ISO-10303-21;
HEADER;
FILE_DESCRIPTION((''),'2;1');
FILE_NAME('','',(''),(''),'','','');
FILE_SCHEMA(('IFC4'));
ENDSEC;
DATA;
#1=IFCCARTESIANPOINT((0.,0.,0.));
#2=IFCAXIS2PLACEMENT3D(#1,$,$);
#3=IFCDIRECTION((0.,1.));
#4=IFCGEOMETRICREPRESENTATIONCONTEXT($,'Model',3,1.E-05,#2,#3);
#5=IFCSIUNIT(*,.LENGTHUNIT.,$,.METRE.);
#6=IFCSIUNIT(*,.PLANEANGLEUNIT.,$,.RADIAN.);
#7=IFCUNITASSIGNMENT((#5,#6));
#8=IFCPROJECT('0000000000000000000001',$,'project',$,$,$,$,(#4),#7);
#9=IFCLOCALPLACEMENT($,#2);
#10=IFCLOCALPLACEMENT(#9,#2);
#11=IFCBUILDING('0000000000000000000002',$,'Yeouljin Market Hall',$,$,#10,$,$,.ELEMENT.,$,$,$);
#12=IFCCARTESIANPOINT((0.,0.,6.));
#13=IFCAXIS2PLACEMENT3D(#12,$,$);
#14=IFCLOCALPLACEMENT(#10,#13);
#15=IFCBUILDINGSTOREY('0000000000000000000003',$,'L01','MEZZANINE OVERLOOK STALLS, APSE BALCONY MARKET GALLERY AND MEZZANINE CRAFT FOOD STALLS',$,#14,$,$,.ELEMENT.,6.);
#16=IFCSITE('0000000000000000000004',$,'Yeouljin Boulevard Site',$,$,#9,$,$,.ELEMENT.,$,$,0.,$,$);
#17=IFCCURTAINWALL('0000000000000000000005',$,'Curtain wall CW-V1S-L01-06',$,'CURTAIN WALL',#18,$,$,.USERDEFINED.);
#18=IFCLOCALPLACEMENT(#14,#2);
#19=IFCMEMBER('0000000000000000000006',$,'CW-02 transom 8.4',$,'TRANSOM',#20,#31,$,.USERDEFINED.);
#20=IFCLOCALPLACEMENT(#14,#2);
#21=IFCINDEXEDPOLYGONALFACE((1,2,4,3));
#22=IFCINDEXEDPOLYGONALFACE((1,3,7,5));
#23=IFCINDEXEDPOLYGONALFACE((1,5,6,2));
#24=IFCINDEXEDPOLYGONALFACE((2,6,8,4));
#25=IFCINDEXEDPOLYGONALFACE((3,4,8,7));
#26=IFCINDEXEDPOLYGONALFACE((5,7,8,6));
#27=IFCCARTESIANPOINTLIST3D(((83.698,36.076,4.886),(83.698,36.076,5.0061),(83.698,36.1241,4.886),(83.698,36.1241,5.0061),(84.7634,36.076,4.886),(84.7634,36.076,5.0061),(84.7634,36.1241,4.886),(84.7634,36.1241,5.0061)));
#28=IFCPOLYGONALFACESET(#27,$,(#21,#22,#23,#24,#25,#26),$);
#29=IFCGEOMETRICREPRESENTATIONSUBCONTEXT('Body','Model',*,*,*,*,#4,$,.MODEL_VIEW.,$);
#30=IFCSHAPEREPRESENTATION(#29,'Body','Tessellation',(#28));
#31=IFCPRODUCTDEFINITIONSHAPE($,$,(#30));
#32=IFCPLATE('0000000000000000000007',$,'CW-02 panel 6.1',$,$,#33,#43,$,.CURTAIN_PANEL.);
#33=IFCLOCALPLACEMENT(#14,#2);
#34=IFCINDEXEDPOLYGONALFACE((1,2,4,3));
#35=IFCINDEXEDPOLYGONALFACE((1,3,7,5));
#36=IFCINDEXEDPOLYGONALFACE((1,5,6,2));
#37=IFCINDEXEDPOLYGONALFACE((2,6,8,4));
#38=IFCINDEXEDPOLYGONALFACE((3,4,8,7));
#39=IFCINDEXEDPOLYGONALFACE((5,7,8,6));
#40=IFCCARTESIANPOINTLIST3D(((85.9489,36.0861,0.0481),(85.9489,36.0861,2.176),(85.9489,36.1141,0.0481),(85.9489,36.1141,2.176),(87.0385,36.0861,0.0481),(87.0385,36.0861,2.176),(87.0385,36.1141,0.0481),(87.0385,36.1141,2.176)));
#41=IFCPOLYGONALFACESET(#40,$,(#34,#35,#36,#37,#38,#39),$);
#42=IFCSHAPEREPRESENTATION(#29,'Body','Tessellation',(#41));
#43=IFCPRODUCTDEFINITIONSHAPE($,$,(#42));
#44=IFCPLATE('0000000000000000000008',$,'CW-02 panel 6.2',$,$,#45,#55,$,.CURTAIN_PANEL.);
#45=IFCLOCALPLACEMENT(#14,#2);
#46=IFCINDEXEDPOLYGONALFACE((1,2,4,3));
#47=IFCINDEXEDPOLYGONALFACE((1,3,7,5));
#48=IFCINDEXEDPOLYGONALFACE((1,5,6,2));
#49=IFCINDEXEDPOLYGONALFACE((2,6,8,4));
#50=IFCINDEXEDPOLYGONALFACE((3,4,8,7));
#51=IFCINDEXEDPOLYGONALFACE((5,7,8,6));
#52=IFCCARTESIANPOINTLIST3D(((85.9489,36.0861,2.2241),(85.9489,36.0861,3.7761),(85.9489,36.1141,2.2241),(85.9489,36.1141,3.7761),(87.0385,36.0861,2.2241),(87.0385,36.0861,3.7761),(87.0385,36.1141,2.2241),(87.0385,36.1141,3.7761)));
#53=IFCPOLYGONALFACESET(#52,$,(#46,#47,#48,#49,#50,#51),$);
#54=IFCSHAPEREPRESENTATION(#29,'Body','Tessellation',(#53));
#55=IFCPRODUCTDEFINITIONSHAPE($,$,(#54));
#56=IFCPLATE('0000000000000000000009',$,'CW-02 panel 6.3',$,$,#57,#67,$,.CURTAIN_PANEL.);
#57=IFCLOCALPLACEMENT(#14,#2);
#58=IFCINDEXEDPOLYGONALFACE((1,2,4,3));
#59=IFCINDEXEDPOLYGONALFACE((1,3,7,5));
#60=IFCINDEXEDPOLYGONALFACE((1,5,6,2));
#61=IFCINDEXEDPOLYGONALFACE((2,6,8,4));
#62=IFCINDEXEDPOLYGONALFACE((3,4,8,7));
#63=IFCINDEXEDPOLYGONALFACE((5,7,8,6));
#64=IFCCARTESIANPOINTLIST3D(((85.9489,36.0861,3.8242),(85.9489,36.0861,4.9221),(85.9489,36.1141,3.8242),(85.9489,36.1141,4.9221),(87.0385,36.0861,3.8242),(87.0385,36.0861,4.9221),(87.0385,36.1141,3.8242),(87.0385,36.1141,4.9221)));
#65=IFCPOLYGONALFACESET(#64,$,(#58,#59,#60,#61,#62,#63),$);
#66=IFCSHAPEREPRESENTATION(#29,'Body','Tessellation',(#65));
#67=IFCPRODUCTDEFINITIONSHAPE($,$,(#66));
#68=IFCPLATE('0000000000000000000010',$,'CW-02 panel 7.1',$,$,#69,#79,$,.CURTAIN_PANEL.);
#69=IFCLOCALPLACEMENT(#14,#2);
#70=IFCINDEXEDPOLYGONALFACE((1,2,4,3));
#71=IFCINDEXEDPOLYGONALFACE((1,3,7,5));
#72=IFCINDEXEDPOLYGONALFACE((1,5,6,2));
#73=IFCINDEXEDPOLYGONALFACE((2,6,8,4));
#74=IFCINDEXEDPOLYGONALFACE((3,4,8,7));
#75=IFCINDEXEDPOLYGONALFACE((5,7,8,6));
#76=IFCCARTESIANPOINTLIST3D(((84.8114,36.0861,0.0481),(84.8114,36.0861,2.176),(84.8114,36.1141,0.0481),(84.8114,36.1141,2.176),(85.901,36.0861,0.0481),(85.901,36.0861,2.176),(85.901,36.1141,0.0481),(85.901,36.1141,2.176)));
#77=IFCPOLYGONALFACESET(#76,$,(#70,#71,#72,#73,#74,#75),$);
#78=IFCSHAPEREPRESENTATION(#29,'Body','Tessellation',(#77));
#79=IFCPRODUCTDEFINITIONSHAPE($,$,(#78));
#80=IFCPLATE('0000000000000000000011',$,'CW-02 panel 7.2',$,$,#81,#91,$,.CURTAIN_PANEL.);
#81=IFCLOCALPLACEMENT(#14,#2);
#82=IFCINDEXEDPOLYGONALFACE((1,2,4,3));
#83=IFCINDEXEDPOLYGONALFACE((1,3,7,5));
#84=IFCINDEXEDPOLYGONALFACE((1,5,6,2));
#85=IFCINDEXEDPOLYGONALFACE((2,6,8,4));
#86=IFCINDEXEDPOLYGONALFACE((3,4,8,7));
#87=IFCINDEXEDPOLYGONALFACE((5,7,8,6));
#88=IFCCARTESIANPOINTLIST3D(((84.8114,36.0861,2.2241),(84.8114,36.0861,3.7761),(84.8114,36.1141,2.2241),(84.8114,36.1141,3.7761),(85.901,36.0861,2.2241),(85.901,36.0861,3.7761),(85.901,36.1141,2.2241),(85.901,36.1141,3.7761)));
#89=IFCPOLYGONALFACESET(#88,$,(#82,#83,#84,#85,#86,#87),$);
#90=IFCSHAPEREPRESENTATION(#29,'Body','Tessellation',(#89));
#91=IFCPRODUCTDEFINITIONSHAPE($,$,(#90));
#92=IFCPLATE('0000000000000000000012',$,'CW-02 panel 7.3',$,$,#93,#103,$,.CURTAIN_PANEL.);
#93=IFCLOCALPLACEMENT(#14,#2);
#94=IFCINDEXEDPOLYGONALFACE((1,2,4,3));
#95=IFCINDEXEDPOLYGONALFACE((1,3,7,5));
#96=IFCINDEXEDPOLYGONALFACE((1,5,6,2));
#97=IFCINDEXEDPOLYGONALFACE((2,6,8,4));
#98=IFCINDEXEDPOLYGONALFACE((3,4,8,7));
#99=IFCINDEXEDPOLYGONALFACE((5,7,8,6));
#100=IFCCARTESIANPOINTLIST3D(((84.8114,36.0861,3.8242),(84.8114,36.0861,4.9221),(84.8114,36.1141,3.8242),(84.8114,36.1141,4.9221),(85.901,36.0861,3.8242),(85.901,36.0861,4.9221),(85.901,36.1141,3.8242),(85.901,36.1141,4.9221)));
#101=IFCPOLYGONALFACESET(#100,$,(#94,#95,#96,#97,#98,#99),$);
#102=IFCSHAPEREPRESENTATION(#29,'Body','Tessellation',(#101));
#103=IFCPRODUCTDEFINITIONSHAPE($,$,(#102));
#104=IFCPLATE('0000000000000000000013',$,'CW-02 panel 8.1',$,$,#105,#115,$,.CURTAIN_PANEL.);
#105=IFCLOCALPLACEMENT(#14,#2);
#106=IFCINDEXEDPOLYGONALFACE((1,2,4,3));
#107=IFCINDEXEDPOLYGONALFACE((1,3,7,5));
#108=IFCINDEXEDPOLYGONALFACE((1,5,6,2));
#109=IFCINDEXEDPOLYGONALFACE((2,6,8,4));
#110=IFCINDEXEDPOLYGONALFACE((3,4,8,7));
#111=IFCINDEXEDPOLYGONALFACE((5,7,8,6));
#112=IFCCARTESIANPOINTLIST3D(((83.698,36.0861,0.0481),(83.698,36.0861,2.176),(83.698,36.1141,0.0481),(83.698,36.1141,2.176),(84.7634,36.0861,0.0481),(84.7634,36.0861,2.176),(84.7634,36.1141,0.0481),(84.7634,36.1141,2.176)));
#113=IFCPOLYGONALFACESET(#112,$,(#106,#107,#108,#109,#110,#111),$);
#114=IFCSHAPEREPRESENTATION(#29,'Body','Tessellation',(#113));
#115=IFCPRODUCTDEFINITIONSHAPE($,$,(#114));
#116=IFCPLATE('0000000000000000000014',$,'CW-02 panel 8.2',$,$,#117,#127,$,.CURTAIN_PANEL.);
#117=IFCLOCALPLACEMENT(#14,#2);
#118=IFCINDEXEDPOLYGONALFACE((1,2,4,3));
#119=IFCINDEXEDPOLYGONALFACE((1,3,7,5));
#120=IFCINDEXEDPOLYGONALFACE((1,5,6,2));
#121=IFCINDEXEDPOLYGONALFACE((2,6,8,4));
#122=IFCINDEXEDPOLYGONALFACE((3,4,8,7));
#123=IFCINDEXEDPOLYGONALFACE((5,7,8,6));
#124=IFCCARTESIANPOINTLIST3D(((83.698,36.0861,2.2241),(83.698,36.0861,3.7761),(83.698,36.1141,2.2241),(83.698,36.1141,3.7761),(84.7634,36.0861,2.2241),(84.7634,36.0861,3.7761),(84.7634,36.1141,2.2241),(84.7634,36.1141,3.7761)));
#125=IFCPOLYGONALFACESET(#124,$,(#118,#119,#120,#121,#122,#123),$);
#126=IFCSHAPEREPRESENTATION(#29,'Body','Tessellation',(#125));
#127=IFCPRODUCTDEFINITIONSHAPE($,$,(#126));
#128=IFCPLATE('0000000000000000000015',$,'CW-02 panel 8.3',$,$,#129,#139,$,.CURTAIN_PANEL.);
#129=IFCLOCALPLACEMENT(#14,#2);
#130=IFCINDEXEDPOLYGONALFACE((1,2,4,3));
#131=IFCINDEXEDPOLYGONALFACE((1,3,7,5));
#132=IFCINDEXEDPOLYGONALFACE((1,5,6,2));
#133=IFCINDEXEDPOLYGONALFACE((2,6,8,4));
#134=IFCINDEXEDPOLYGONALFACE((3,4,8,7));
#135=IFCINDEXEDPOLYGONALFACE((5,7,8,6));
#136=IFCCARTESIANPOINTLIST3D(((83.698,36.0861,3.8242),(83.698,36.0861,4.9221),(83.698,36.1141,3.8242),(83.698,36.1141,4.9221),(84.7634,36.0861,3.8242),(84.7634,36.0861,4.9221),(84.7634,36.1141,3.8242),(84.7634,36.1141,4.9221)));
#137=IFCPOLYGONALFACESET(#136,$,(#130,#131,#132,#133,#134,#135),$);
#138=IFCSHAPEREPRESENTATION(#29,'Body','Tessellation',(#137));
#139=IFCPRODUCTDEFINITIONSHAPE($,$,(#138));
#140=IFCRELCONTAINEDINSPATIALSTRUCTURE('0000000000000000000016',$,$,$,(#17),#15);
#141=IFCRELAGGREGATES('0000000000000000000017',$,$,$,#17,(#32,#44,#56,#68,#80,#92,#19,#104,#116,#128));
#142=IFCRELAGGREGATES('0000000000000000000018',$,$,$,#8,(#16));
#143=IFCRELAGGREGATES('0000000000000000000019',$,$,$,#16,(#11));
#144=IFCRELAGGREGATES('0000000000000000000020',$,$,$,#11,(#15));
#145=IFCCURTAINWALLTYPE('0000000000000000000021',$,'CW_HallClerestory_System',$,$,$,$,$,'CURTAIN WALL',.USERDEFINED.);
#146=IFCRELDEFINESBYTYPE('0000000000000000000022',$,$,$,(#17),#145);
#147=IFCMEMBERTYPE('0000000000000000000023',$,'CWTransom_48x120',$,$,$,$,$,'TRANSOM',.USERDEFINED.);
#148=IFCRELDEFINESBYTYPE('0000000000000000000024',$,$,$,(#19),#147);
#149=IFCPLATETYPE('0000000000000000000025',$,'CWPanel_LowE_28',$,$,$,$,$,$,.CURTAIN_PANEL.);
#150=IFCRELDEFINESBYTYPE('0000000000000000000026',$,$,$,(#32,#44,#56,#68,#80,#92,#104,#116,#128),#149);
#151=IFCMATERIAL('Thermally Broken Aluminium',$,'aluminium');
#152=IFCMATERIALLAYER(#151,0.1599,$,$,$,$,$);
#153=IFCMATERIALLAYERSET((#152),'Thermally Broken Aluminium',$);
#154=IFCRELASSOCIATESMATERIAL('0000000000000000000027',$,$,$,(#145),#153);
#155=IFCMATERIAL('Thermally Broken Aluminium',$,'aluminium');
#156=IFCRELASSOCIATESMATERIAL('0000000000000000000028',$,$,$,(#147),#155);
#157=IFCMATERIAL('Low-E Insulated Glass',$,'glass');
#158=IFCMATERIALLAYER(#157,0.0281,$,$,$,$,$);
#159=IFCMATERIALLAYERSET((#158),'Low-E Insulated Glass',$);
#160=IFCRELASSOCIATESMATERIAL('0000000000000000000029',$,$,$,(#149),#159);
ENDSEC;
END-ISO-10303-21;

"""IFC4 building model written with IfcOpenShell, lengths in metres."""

from ifc_helpers import new_model, si_unit, direction, frame, origin, origin_2d, place, context, subcontext, project, spatial, rectangle, extrude, material, layer, layer_set, material_profile, profile_set, type_object, element, aggregate, save


model = new_model("IFC4")

# Units and contexts
model_context = context("Model", 3, precision=1e-05, world=origin(), true_north=direction((0.0, 1.0)))
body_context = subcontext(model_context, "Body", "Model", "MODEL_VIEW")
ifc_project = project(units=[si_unit("LENGTHUNIT", "METRE"), si_unit("PLANEANGLEUNIT", "RADIAN")], contexts=[model_context])

# Site, building, storey
site_placement = place(None, origin())
site = spatial("IfcSite", under=ifc_project, at=site_placement, Name="Yeouljin Boulevard Site", CompositionType="ELEMENT", RefElevation=0.0)
building_placement = place(site_placement, origin())
building = spatial("IfcBuilding", under=site, at=building_placement, Name="Yeouljin Market Hall", CompositionType="ELEMENT")
storey_placement = place(building_placement, frame((0.0, 0.0, 6.0)))
storey = spatial("IfcBuildingStorey", under=building, at=storey_placement, Name="L01", Description="MEZZANINE OVERLOOK STALLS, APSE BALCONY MARKET GALLERY AND MEZZANINE CRAFT FOOD STALLS", CompositionType="ELEMENT", Elevation=6.0)

# Shared definitions
ifc_material_1 = material(Name="Thermally Broken Aluminium", Category="aluminium")
ifc_layer_1 = layer(ifc_material_1, 0.1599)
ifc_layer_set_1 = layer_set([ifc_layer_1], Name="Thermally Broken Aluminium")
curtain_wall_type = type_object("IfcCurtainWallType", Name="CW_HallClerestory_System", ElementType="CURTAIN WALL", PredefinedType="USERDEFINED", material=ifc_layer_set_1)

# Curtain wall
curtain_wall_1_placement = place(storey_placement, origin())
curtain_wall_1 = element("IfcCurtainWall", 1, at=curtain_wall_1_placement, inside=storey, type_object=curtain_wall_type, Name="Curtain wall CW-V1S-L01-06", ObjectType="CURTAIN WALL", PredefinedType="USERDEFINED")

# Member
ifc_material_2 = material(Name="Thermally Broken Aluminium", Category="aluminium")
ifc_material_profile_1 = material_profile(ifc_material_2, rectangle(XDim=0.0481, YDim=0.1201, at=origin_2d()), Name="CW-TRAN-48x120")
ifc_profile_set_1 = profile_set([ifc_material_profile_1], Name="Thermally Broken Aluminium")
member_type_1 = type_object("IfcMemberType", Name="CWTransom_48x120", ElementType="TRANSOM", PredefinedType="USERDEFINED", material=ifc_profile_set_1)
member_1_placement = place(storey_placement, frame((84.7634, 36.1001, 4.946), z_axis=(-1.0, 0.0, 0.0), x_axis=(0.0, -1.0, 0.0)))
member_1 = element("IfcMember", 2, at=member_1_placement, type_object=member_type_1, Name="CW-02 transom 8.4", ObjectType="TRANSOM", PredefinedType="USERDEFINED", context=body_context, shape_type="SweptSolid", body=[
    extrude(rectangle(XDim=0.0481, YDim=0.1201, at=origin_2d()), origin(), (0.0, 0.0, 1.0), 1.0654),
])

# Plates
ifc_material_3 = material(Name="Low-E Insulated Glass", Category="glass")
ifc_layer_2 = layer(ifc_material_3, 0.0281)
ifc_layer_set_2 = layer_set([ifc_layer_2], Name="Low-E Insulated Glass")
plate_type = type_object("IfcPlateType", Name="CWPanel_LowE_28", PredefinedType="CURTAIN_PANEL", material=ifc_layer_set_2)
plate_1_placement = place(storey_placement, frame((86.4937, 36.1001, 0.0481), z_axis=(0.0, 0.0, 1.0), x_axis=(-1.0, 0.0, 0.0)))
plate_1 = element("IfcPlate", 3, at=plate_1_placement, type_object=plate_type, Name="CW-02 panel 6.1", PredefinedType="CURTAIN_PANEL", context=body_context, shape_type="SweptSolid", body=[
    extrude(rectangle(XDim=1.0896, YDim=0.0281, at=origin_2d()), origin(), (0.0, 0.0, 1.0), 2.1279),
])
plate_2_placement = place(storey_placement, frame((86.4937, 36.1001, 2.2241), z_axis=(0.0, 0.0, 1.0), x_axis=(-1.0, 0.0, 0.0)))
plate_2 = element("IfcPlate", 4, at=plate_2_placement, type_object=plate_type, Name="CW-02 panel 6.2", PredefinedType="CURTAIN_PANEL", context=body_context, shape_type="SweptSolid", body=[
    extrude(rectangle(XDim=1.0896, YDim=0.0281, at=origin_2d()), origin(), (0.0, 0.0, 1.0), 1.552),
])
plate_3_placement = place(storey_placement, frame((86.4937, 36.1001, 3.8242), z_axis=(0.0, 0.0, 1.0), x_axis=(-1.0, 0.0, 0.0)))
plate_3 = element("IfcPlate", 5, at=plate_3_placement, type_object=plate_type, Name="CW-02 panel 6.3", PredefinedType="CURTAIN_PANEL", context=body_context, shape_type="SweptSolid", body=[
    extrude(rectangle(XDim=1.0896, YDim=0.0281, at=origin_2d()), origin(), (0.0, 0.0, 1.0), 1.0979),
])
plate_4_placement = place(storey_placement, frame((85.3562, 36.1001, 0.0481), z_axis=(0.0, 0.0, 1.0), x_axis=(-1.0, 0.0, 0.0)))
plate_4 = element("IfcPlate", 6, at=plate_4_placement, type_object=plate_type, Name="CW-02 panel 7.1", PredefinedType="CURTAIN_PANEL", context=body_context, shape_type="SweptSolid", body=[
    extrude(rectangle(XDim=1.0896, YDim=0.0281, at=origin_2d()), origin(), (0.0, 0.0, 1.0), 2.1279),
])
plate_5_placement = place(storey_placement, frame((85.3562, 36.1001, 2.2241), z_axis=(0.0, 0.0, 1.0), x_axis=(-1.0, 0.0, 0.0)))
plate_5 = element("IfcPlate", 7, at=plate_5_placement, type_object=plate_type, Name="CW-02 panel 7.2", PredefinedType="CURTAIN_PANEL", context=body_context, shape_type="SweptSolid", body=[
    extrude(rectangle(XDim=1.0896, YDim=0.0281, at=origin_2d()), origin(), (0.0, 0.0, 1.0), 1.552),
])
plate_6_placement = place(storey_placement, frame((85.3562, 36.1001, 3.8242), z_axis=(0.0, 0.0, 1.0), x_axis=(-1.0, 0.0, 0.0)))
plate_6 = element("IfcPlate", 8, at=plate_6_placement, type_object=plate_type, Name="CW-02 panel 7.3", PredefinedType="CURTAIN_PANEL", context=body_context, shape_type="SweptSolid", body=[
    extrude(rectangle(XDim=1.0896, YDim=0.0281, at=origin_2d()), origin(), (0.0, 0.0, 1.0), 1.0979),
])
plate_7_placement = place(storey_placement, frame((84.2307, 36.1001, 0.0481), z_axis=(0.0, 0.0, 1.0), x_axis=(-1.0, 0.0, 0.0)))
plate_7 = element("IfcPlate", 9, at=plate_7_placement, type_object=plate_type, Name="CW-02 panel 8.1", PredefinedType="CURTAIN_PANEL", context=body_context, shape_type="SweptSolid", body=[
    extrude(rectangle(XDim=1.0654, YDim=0.0281, at=origin_2d()), origin(), (0.0, 0.0, 1.0), 2.1279),
])
plate_8_placement = place(storey_placement, frame((84.2307, 36.1001, 2.2241), z_axis=(0.0, 0.0, 1.0), x_axis=(-1.0, 0.0, 0.0)))
plate_8 = element("IfcPlate", 10, at=plate_8_placement, type_object=plate_type, Name="CW-02 panel 8.2", PredefinedType="CURTAIN_PANEL", context=body_context, shape_type="SweptSolid", body=[
    extrude(rectangle(XDim=1.0654, YDim=0.0281, at=origin_2d()), origin(), (0.0, 0.0, 1.0), 1.552),
])
plate_9_placement = place(storey_placement, frame((84.2307, 36.1001, 3.8242), z_axis=(0.0, 0.0, 1.0), x_axis=(-1.0, 0.0, 0.0)))
plate_9 = element("IfcPlate", 11, at=plate_9_placement, type_object=plate_type, Name="CW-02 panel 8.3", PredefinedType="CURTAIN_PANEL", context=body_context, shape_type="SweptSolid", body=[
    extrude(rectangle(XDim=1.0654, YDim=0.0281, at=origin_2d()), origin(), (0.0, 0.0, 1.0), 1.0979),
])
aggregate(curtain_wall_1, [plate_1, plate_2, plate_3, plate_4, plate_5, plate_6, member_1, plate_7, plate_8, plate_9])

save(model, "model.ifc")
